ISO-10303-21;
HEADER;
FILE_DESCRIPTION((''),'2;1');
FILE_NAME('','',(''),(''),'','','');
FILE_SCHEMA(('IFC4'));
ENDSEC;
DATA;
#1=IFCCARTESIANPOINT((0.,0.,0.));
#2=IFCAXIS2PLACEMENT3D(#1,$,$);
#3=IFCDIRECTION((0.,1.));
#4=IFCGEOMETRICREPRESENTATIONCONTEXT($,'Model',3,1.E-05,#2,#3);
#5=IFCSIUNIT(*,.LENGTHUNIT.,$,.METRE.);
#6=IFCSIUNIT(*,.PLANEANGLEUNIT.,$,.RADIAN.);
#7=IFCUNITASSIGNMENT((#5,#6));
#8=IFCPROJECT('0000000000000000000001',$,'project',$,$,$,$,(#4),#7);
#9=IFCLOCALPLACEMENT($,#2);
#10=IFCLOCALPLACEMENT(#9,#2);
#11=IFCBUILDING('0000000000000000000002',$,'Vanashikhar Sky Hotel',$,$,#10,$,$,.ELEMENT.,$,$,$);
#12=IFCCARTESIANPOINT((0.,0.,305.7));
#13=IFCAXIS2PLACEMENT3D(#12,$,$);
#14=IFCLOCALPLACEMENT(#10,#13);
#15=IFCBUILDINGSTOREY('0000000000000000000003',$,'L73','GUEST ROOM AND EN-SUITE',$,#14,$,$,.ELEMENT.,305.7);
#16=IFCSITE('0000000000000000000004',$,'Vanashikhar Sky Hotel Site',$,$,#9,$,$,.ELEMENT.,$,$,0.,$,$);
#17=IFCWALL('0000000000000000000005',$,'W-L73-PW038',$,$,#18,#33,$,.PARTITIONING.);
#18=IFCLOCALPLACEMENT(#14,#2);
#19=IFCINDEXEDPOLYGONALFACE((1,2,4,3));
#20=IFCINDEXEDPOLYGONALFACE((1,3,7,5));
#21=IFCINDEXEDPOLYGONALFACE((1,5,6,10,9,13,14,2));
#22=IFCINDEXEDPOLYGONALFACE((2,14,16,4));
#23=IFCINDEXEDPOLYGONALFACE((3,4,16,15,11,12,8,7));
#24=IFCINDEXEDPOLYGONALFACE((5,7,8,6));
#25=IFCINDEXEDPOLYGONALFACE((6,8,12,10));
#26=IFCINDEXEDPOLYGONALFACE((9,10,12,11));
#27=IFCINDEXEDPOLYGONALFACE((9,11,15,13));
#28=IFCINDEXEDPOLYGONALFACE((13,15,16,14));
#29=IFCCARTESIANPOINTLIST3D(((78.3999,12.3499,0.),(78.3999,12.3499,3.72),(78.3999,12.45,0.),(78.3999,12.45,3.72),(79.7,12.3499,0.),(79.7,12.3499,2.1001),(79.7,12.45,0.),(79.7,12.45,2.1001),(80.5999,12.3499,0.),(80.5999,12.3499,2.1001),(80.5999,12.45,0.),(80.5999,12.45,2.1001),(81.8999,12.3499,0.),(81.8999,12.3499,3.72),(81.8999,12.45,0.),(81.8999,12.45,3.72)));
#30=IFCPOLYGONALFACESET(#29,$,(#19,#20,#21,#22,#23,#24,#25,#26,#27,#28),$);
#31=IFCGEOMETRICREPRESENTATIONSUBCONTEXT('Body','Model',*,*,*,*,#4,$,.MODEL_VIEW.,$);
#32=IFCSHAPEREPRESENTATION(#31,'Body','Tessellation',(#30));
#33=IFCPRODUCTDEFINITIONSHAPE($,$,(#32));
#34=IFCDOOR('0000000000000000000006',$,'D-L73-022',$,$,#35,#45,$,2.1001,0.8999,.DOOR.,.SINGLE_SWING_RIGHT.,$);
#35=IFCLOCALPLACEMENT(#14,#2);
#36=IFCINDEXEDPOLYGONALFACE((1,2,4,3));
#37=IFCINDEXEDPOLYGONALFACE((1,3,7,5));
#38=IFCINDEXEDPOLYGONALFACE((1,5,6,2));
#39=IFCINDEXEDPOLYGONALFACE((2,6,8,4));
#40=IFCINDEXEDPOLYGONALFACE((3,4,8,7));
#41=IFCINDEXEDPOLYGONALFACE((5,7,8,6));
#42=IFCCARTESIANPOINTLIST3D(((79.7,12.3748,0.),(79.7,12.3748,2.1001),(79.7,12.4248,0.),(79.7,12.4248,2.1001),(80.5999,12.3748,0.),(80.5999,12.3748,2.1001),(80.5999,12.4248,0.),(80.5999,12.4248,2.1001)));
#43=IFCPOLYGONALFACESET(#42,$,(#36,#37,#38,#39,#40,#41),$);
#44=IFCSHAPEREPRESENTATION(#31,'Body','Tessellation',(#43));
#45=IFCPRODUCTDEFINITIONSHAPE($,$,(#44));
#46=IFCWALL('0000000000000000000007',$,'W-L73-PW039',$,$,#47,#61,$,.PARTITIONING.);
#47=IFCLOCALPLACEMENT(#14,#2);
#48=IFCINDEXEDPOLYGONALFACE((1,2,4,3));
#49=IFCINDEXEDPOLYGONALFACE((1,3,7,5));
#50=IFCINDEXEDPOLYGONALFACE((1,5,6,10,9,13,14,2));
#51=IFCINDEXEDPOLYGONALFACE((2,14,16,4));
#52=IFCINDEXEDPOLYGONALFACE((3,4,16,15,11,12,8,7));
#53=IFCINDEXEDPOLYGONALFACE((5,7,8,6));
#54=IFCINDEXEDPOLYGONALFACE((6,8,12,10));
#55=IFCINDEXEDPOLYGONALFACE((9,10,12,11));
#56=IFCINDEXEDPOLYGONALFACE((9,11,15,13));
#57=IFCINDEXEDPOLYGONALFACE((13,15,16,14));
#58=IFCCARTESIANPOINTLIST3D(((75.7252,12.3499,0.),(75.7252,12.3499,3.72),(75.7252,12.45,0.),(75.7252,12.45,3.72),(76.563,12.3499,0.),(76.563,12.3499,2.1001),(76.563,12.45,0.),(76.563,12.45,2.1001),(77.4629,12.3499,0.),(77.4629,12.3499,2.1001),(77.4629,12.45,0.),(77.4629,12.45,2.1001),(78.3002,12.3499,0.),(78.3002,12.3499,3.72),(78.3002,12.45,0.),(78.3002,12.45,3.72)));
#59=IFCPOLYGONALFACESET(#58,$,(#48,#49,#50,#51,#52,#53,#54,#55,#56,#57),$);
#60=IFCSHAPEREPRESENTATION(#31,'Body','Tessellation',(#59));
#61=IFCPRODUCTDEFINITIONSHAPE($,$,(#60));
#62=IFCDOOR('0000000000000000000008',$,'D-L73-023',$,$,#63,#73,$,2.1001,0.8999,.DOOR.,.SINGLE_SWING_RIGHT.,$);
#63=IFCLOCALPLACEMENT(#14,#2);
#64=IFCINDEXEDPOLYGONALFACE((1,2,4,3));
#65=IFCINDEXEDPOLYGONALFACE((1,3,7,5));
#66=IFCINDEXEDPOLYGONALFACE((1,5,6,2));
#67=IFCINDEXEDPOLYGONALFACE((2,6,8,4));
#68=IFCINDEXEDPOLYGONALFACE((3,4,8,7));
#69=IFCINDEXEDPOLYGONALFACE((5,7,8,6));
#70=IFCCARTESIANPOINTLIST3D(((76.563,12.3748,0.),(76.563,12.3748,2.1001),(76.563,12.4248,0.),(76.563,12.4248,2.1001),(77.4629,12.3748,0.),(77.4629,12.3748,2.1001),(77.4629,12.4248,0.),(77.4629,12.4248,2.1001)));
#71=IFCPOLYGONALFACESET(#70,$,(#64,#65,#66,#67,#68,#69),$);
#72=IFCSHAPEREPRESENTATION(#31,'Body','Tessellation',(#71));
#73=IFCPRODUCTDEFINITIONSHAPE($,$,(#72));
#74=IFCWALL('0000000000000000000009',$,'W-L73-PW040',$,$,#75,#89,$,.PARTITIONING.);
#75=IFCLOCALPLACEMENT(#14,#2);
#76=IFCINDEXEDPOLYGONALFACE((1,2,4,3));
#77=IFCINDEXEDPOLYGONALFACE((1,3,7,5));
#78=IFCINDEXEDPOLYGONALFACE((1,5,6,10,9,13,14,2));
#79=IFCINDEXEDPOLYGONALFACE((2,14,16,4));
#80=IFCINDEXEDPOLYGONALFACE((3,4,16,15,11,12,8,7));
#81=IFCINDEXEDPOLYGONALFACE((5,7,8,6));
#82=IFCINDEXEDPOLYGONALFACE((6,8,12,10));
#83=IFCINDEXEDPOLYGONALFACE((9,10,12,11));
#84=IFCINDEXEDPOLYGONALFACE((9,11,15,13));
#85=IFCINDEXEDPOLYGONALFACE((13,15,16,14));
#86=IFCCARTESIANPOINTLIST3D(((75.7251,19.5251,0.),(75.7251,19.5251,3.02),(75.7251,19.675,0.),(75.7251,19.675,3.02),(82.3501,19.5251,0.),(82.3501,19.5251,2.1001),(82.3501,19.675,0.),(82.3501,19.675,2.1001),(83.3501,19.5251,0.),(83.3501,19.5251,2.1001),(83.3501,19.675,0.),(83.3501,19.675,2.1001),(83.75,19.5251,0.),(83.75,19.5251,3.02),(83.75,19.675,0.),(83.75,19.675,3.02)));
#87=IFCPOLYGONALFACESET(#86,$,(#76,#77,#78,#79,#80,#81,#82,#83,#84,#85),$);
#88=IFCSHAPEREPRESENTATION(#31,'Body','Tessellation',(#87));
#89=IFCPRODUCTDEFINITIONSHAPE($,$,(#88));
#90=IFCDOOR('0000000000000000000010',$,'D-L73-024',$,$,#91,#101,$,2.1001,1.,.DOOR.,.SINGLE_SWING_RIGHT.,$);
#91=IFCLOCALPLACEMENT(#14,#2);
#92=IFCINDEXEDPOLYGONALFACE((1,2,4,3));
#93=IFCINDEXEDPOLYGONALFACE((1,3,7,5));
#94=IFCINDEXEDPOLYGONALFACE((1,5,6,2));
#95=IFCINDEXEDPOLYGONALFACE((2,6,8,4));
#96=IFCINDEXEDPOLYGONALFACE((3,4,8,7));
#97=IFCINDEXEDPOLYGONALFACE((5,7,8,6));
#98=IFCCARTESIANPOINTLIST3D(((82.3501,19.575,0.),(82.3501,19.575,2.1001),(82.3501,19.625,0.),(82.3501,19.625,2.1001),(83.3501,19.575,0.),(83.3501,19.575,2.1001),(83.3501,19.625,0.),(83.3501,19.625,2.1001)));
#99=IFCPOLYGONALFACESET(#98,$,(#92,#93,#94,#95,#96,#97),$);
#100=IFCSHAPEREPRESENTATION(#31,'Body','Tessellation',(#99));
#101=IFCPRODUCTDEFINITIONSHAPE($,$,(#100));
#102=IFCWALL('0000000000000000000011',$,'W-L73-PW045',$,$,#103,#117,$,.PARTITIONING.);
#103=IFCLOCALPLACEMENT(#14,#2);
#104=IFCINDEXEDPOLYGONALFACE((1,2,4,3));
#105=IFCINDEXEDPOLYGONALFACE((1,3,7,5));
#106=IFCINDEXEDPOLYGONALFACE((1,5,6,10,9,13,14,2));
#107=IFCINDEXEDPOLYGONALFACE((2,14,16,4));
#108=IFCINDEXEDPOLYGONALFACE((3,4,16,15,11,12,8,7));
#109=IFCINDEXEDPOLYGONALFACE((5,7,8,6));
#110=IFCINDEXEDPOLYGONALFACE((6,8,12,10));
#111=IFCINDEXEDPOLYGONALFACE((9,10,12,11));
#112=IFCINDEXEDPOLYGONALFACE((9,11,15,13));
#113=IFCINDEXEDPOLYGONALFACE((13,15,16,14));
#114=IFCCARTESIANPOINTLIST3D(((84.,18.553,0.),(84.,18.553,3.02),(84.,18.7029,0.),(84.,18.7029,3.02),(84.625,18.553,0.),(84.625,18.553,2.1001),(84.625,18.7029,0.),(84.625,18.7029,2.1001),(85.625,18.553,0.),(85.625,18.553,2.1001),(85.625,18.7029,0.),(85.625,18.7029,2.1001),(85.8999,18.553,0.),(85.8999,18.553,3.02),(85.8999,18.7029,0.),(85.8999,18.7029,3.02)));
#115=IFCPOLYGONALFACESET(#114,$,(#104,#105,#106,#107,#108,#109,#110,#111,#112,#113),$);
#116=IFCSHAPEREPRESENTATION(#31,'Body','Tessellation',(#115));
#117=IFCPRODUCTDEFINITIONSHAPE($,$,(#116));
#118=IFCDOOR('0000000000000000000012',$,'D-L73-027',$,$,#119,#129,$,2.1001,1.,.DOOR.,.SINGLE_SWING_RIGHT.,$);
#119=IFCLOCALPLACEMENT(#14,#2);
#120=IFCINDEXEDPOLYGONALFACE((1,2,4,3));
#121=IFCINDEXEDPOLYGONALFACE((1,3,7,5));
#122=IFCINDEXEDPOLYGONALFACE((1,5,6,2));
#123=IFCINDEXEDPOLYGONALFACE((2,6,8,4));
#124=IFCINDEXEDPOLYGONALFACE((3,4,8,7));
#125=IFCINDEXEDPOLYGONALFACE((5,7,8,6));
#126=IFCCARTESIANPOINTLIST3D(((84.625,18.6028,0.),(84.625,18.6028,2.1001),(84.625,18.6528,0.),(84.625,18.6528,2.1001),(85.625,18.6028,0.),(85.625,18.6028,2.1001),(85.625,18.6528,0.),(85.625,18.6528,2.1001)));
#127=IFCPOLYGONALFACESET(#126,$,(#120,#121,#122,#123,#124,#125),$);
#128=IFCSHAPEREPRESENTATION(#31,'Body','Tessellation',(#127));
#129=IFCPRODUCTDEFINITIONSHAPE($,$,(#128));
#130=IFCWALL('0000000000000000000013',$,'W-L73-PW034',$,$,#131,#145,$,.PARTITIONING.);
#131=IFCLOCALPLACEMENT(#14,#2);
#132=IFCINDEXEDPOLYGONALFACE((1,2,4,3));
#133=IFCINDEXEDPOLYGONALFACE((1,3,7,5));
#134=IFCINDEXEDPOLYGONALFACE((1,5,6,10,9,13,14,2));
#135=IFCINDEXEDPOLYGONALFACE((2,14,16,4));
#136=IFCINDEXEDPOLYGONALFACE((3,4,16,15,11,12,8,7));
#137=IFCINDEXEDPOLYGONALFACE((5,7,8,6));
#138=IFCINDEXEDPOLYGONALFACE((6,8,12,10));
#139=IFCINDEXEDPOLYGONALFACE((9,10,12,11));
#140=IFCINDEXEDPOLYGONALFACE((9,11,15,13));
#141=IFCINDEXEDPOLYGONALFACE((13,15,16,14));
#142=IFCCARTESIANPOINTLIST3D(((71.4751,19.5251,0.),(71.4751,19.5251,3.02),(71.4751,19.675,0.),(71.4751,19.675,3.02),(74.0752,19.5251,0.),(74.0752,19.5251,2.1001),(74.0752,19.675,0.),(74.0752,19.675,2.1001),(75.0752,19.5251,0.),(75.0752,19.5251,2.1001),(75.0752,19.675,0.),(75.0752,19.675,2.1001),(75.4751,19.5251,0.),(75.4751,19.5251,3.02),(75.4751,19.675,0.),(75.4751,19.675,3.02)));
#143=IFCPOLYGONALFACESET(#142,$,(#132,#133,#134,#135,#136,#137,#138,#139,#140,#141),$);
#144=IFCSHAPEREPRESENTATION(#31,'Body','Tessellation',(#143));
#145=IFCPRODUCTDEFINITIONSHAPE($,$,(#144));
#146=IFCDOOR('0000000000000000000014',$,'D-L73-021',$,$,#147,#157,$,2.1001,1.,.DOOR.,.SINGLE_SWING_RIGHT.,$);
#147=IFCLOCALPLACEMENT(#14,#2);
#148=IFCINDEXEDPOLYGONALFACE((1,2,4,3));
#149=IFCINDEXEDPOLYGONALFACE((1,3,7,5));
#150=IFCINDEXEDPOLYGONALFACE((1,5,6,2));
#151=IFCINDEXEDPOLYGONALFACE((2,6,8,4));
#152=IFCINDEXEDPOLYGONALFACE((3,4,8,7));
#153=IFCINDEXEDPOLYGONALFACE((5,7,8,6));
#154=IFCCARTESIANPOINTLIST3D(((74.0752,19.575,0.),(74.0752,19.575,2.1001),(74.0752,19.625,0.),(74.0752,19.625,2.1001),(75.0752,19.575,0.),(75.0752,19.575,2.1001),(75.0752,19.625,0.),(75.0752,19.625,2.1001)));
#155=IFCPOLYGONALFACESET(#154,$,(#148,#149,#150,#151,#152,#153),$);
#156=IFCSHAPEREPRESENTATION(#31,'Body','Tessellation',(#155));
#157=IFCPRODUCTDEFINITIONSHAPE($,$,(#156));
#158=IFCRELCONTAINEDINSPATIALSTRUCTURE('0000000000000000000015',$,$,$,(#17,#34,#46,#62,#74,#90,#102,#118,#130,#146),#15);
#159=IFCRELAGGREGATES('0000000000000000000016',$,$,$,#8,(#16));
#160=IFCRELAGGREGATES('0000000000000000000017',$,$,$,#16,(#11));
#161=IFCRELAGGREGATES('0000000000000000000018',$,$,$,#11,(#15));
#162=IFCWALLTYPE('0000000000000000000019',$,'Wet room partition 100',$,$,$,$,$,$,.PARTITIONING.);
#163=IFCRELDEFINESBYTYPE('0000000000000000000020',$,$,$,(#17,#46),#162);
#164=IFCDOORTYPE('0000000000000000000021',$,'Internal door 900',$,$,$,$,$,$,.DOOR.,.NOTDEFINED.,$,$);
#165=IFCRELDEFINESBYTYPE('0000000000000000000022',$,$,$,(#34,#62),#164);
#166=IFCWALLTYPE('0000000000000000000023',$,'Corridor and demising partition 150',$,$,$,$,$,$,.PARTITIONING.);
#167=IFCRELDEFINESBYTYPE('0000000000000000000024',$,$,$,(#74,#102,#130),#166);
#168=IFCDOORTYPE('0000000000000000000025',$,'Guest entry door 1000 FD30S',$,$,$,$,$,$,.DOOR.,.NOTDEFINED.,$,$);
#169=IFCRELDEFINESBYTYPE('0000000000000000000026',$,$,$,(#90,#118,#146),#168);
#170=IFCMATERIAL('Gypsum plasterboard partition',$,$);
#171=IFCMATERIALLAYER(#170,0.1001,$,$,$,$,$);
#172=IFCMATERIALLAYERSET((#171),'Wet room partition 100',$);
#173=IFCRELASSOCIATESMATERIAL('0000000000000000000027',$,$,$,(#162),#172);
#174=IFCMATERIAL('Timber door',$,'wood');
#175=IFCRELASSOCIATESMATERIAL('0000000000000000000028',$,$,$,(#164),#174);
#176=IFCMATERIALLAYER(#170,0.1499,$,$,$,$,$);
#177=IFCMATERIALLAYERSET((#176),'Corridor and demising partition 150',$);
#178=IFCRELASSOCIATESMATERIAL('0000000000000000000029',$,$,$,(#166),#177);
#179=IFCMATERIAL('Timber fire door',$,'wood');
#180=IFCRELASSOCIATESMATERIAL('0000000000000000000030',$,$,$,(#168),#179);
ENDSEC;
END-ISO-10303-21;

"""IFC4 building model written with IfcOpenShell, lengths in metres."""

from ifc_helpers import new_model, si_unit, direction, frame, frame_2d, origin, place, context, subcontext, project, spatial, rectangle, extrude, source, transform, mapped, material, layer, layer_set, type_object, element, fill, save


model = new_model("IFC4")

# Units and contexts
model_context = context("Model", 3, precision=1e-05, world=origin(), true_north=direction((0.0, 1.0)))
body_context = subcontext(model_context, "Body", "Model", "MODEL_VIEW")
ifc_project = project(units=[si_unit("LENGTHUNIT", "METRE"), si_unit("PLANEANGLEUNIT", "RADIAN")], contexts=[model_context])

# Site, building, storey
site_placement = place(None, origin())
site = spatial("IfcSite", under=ifc_project, at=site_placement, Name="Vanashikhar Sky Hotel Site", CompositionType="ELEMENT", RefElevation=0.0)
building_placement = place(site_placement, origin())
building = spatial("IfcBuilding", under=site, at=building_placement, Name="Vanashikhar Sky Hotel", CompositionType="ELEMENT")
storey_placement = place(building_placement, frame((0.0, 0.0, 305.7)))
storey = spatial("IfcBuildingStorey", under=building, at=storey_placement, Name="L73", Description="GUEST ROOM AND EN-SUITE", CompositionType="ELEMENT", Elevation=305.7)

# Walls, openings, doors
ifc_material_1 = material(Name="Gypsum plasterboard partition")
ifc_layer_1 = layer(ifc_material_1, 0.1001)
ifc_layer_set_1 = layer_set([ifc_layer_1], Name="Wet room partition 100")
wall_type_1 = type_object("IfcWallType", Name="Wet room partition 100", PredefinedType="PARTITIONING", material=ifc_layer_set_1)
shared_shape_1 = source(origin(), body_context, "Body", "SweptSolid", [
    extrude(rectangle(XDim=3.5, YDim=0.1001, at=frame_2d((1.75, 0.0))), origin(), (0.0, 0.0, 1.0), 3.72),
])
wall_1_placement = place(storey_placement, frame((78.3999, 12.3999, 0.0), z_axis=(0.0, 0.0, 1.0), x_axis=(1.0, 0.0, 0.0)))
wall_1 = element("IfcWall", 1, at=wall_1_placement, inside=storey, type_object=wall_type_1, Name="W-L73-PW038", PredefinedType="PARTITIONING", context=body_context, shape_type="MappedRepresentation", body=[
    mapped(shared_shape_1, transform((0.0, 0.0, 0.0), scale=1.0)),
])
shared_shape_2 = source(origin(), body_context, "Body", "SweptSolid", [
    extrude(rectangle(XDim=0.8999, YDim=2.1001, at=frame_2d((0.45, 1.05))), frame((0.0, 0.0601, 0.0), z_axis=(0.0, -1.0, 0.0), x_axis=(1.0, 0.0, 0.0)), (0.0, 0.0, 1.0), 0.1201),
])
opening_1_placement = place(wall_1_placement, frame((1.3, 0.0, 0.0)))
opening_1 = element("IfcOpeningElement", 2, at=opening_1_placement, cuts=wall_1, PredefinedType="OPENING", context=body_context, shape_type="MappedRepresentation", body=[
    mapped(shared_shape_2, transform((0.0, 0.0, 0.0), scale=1.0)),
])
ifc_material_2 = material(Name="Timber door", Category="wood")
door_type_1 = type_object("IfcDoorType", Name="Internal door 900", OperationType="NOTDEFINED", PredefinedType="DOOR", material=ifc_material_2)
shared_shape_3 = source(origin(), body_context, "Body", "SweptSolid", [
    extrude(rectangle(XDim=0.8999, YDim=2.1001, at=frame_2d((0.45, 1.05))), frame((0.0, 0.0249, 0.0), z_axis=(0.0, -1.0, 0.0), x_axis=(1.0, 0.0, 0.0)), (0.0, 0.0, 1.0), 0.05),
])
door_1_placement = place(opening_1_placement, origin())
door_1 = element("IfcDoor", 3, at=door_1_placement, inside=storey, type_object=door_type_1, Name="D-L73-022", OperationType="SINGLE_SWING_RIGHT", OverallHeight=2.1001, OverallWidth=0.8999, PredefinedType="DOOR", context=body_context, shape_type="MappedRepresentation", body=[
    mapped(shared_shape_3, transform((0.0, 0.0, 0.0), scale=1.0)),
])
fill(opening_1, door_1)
shared_shape_4 = source(origin(), body_context, "Body", "SweptSolid", [
    extrude(rectangle(XDim=2.575, YDim=0.1001, at=frame_2d((1.2876, 0.0))), origin(), (0.0, 0.0, 1.0), 3.72),
])
wall_2_placement = place(storey_placement, frame((75.7251, 12.3999, 0.0), z_axis=(0.0, 0.0, 1.0), x_axis=(1.0, 0.0, 0.0)))
wall_2 = element("IfcWall", 4, at=wall_2_placement, inside=storey, type_object=wall_type_1, Name="W-L73-PW039", PredefinedType="PARTITIONING", context=body_context, shape_type="MappedRepresentation", body=[
    mapped(shared_shape_4, transform((0.0, 0.0, 0.0), scale=1.0)),
])
opening_2_placement = place(wall_2_placement, frame((0.8379, 0.0, 0.0)))
opening_2 = element("IfcOpeningElement", 5, at=opening_2_placement, cuts=wall_2, PredefinedType="OPENING", context=body_context, shape_type="MappedRepresentation", body=[
    mapped(shared_shape_2, transform((0.0, 0.0, 0.0), scale=1.0)),
])
door_2_placement = place(opening_2_placement, origin())
door_2 = element("IfcDoor", 6, at=door_2_placement, inside=storey, type_object=door_type_1, Name="D-L73-023", OperationType="SINGLE_SWING_RIGHT", OverallHeight=2.1001, OverallWidth=0.8999, PredefinedType="DOOR", context=body_context, shape_type="MappedRepresentation", body=[
    mapped(shared_shape_3, transform((0.0, 0.0, 0.0), scale=1.0)),
])
fill(opening_2, door_2)
ifc_layer_2 = layer(ifc_material_1, 0.1499)
ifc_layer_set_2 = layer_set([ifc_layer_2], Name="Corridor and demising partition 150")
wall_type_2 = type_object("IfcWallType", Name="Corridor and demising partition 150", PredefinedType="PARTITIONING", material=ifc_layer_set_2)
shared_shape_5 = source(origin(), body_context, "Body", "SweptSolid", [
    extrude(rectangle(XDim=8.0249, YDim=0.1499, at=frame_2d((4.0125, 0.0))), origin(), (0.0, 0.0, 1.0), 3.02),
])
wall_3_placement = place(storey_placement, frame((75.7251, 19.6001, 0.0), z_axis=(0.0, 0.0, 1.0), x_axis=(1.0, 0.0, 0.0)))
wall_3 = element("IfcWall", 7, at=wall_3_placement, inside=storey, type_object=wall_type_2, Name="W-L73-PW040", PredefinedType="PARTITIONING", context=body_context, shape_type="MappedRepresentation", body=[
    mapped(shared_shape_5, transform((0.0, 0.0, 0.0), scale=1.0)),
])
shared_shape_6 = source(origin(), body_context, "Body", "SweptSolid", [
    extrude(rectangle(XDim=1.0, YDim=2.1001, at=frame_2d((0.5, 1.05))), frame((0.0, 0.085, 0.0), z_axis=(0.0, -1.0, 0.0), x_axis=(1.0, 0.0, 0.0)), (0.0, 0.0, 1.0), 0.1699),
])
opening_3_placement = place(wall_3_placement, frame((6.625, 0.0, 0.0)))
opening_3 = element("IfcOpeningElement", 8, at=opening_3_placement, cuts=wall_3, PredefinedType="OPENING", context=body_context, shape_type="MappedRepresentation", body=[
    mapped(shared_shape_6, transform((0.0, 0.0, 0.0), scale=1.0)),
])
ifc_material_3 = material(Name="Timber fire door", Category="wood")
door_type_2 = type_object("IfcDoorType", Name="Guest entry door 1000 FD30S", OperationType="NOTDEFINED", PredefinedType="DOOR", material=ifc_material_3)
shared_shape_7 = source(origin(), body_context, "Body", "SweptSolid", [
    extrude(rectangle(XDim=1.0, YDim=2.1001, at=frame_2d((0.5, 1.05))), frame((0.0, 0.0249, 0.0), z_axis=(0.0, -1.0, 0.0), x_axis=(1.0, 0.0, 0.0)), (0.0, 0.0, 1.0), 0.05),
])
door_3_placement = place(opening_3_placement, origin())
door_3 = element("IfcDoor", 9, at=door_3_placement, inside=storey, type_object=door_type_2, Name="D-L73-024", OperationType="SINGLE_SWING_RIGHT", OverallHeight=2.1001, OverallWidth=1.0, PredefinedType="DOOR", context=body_context, shape_type="MappedRepresentation", body=[
    mapped(shared_shape_7, transform((0.0, 0.0, 0.0), scale=1.0)),
])
fill(opening_3, door_3)
shared_shape_8 = source(origin(), body_context, "Body", "SweptSolid", [
    extrude(rectangle(XDim=1.8999, YDim=0.1499, at=frame_2d((0.95, 0.0))), origin(), (0.0, 0.0, 1.0), 3.02),
])
wall_4_placement = place(storey_placement, frame((84.0, 18.6279, 0.0), z_axis=(0.0, 0.0, 1.0), x_axis=(1.0, 0.0, 0.0)))
wall_4 = element("IfcWall", 10, at=wall_4_placement, inside=storey, type_object=wall_type_2, Name="W-L73-PW045", PredefinedType="PARTITIONING", context=body_context, shape_type="MappedRepresentation", body=[
    mapped(shared_shape_8, transform((0.0, 0.0, 0.0), scale=1.0)),
])
opening_4_placement = place(wall_4_placement, frame((0.625, 0.0, 0.0)))
opening_4 = element("IfcOpeningElement", 11, at=opening_4_placement, cuts=wall_4, PredefinedType="OPENING", context=body_context, shape_type="MappedRepresentation", body=[
    mapped(shared_shape_6, transform((0.0, 0.0, 0.0), scale=1.0)),
])
door_4_placement = place(opening_4_placement, origin())
door_4 = element("IfcDoor", 12, at=door_4_placement, inside=storey, type_object=door_type_2, Name="D-L73-027", OperationType="SINGLE_SWING_RIGHT", OverallHeight=2.1001, OverallWidth=1.0, PredefinedType="DOOR", context=body_context, shape_type="MappedRepresentation", body=[
    mapped(shared_shape_7, transform((0.0, 0.0, 0.0), scale=1.0)),
])
fill(opening_4, door_4)
shared_shape_9 = source(origin(), body_context, "Body", "SweptSolid", [
    extrude(rectangle(XDim=4.0, YDim=0.1499, at=frame_2d((2.0, 0.0))), origin(), (0.0, 0.0, 1.0), 3.02),
])
wall_5_placement = place(storey_placement, frame((71.4751, 19.6001, 0.0), z_axis=(0.0, 0.0, 1.0), x_axis=(1.0, 0.0, 0.0)))
wall_5 = element("IfcWall", 13, at=wall_5_placement, inside=storey, type_object=wall_type_2, Name="W-L73-PW034", PredefinedType="PARTITIONING", context=body_context, shape_type="MappedRepresentation", body=[
    mapped(shared_shape_9, transform((0.0, 0.0, 0.0), scale=1.0)),
])
opening_5_placement = place(wall_5_placement, frame((2.6001, 0.0, 0.0)))
opening_5 = element("IfcOpeningElement", 14, at=opening_5_placement, cuts=wall_5, PredefinedType="OPENING", context=body_context, shape_type="MappedRepresentation", body=[
    mapped(shared_shape_6, transform((0.0, 0.0, 0.0), scale=1.0)),
])
door_5_placement = place(opening_5_placement, origin())
door_5 = element("IfcDoor", 15, at=door_5_placement, inside=storey, type_object=door_type_2, Name="D-L73-021", OperationType="SINGLE_SWING_RIGHT", OverallHeight=2.1001, OverallWidth=1.0, PredefinedType="DOOR", context=body_context, shape_type="MappedRepresentation", body=[
    mapped(shared_shape_7, transform((0.0, 0.0, 0.0), scale=1.0)),
])
fill(opening_5, door_5)

save(model, "model.ifc")
